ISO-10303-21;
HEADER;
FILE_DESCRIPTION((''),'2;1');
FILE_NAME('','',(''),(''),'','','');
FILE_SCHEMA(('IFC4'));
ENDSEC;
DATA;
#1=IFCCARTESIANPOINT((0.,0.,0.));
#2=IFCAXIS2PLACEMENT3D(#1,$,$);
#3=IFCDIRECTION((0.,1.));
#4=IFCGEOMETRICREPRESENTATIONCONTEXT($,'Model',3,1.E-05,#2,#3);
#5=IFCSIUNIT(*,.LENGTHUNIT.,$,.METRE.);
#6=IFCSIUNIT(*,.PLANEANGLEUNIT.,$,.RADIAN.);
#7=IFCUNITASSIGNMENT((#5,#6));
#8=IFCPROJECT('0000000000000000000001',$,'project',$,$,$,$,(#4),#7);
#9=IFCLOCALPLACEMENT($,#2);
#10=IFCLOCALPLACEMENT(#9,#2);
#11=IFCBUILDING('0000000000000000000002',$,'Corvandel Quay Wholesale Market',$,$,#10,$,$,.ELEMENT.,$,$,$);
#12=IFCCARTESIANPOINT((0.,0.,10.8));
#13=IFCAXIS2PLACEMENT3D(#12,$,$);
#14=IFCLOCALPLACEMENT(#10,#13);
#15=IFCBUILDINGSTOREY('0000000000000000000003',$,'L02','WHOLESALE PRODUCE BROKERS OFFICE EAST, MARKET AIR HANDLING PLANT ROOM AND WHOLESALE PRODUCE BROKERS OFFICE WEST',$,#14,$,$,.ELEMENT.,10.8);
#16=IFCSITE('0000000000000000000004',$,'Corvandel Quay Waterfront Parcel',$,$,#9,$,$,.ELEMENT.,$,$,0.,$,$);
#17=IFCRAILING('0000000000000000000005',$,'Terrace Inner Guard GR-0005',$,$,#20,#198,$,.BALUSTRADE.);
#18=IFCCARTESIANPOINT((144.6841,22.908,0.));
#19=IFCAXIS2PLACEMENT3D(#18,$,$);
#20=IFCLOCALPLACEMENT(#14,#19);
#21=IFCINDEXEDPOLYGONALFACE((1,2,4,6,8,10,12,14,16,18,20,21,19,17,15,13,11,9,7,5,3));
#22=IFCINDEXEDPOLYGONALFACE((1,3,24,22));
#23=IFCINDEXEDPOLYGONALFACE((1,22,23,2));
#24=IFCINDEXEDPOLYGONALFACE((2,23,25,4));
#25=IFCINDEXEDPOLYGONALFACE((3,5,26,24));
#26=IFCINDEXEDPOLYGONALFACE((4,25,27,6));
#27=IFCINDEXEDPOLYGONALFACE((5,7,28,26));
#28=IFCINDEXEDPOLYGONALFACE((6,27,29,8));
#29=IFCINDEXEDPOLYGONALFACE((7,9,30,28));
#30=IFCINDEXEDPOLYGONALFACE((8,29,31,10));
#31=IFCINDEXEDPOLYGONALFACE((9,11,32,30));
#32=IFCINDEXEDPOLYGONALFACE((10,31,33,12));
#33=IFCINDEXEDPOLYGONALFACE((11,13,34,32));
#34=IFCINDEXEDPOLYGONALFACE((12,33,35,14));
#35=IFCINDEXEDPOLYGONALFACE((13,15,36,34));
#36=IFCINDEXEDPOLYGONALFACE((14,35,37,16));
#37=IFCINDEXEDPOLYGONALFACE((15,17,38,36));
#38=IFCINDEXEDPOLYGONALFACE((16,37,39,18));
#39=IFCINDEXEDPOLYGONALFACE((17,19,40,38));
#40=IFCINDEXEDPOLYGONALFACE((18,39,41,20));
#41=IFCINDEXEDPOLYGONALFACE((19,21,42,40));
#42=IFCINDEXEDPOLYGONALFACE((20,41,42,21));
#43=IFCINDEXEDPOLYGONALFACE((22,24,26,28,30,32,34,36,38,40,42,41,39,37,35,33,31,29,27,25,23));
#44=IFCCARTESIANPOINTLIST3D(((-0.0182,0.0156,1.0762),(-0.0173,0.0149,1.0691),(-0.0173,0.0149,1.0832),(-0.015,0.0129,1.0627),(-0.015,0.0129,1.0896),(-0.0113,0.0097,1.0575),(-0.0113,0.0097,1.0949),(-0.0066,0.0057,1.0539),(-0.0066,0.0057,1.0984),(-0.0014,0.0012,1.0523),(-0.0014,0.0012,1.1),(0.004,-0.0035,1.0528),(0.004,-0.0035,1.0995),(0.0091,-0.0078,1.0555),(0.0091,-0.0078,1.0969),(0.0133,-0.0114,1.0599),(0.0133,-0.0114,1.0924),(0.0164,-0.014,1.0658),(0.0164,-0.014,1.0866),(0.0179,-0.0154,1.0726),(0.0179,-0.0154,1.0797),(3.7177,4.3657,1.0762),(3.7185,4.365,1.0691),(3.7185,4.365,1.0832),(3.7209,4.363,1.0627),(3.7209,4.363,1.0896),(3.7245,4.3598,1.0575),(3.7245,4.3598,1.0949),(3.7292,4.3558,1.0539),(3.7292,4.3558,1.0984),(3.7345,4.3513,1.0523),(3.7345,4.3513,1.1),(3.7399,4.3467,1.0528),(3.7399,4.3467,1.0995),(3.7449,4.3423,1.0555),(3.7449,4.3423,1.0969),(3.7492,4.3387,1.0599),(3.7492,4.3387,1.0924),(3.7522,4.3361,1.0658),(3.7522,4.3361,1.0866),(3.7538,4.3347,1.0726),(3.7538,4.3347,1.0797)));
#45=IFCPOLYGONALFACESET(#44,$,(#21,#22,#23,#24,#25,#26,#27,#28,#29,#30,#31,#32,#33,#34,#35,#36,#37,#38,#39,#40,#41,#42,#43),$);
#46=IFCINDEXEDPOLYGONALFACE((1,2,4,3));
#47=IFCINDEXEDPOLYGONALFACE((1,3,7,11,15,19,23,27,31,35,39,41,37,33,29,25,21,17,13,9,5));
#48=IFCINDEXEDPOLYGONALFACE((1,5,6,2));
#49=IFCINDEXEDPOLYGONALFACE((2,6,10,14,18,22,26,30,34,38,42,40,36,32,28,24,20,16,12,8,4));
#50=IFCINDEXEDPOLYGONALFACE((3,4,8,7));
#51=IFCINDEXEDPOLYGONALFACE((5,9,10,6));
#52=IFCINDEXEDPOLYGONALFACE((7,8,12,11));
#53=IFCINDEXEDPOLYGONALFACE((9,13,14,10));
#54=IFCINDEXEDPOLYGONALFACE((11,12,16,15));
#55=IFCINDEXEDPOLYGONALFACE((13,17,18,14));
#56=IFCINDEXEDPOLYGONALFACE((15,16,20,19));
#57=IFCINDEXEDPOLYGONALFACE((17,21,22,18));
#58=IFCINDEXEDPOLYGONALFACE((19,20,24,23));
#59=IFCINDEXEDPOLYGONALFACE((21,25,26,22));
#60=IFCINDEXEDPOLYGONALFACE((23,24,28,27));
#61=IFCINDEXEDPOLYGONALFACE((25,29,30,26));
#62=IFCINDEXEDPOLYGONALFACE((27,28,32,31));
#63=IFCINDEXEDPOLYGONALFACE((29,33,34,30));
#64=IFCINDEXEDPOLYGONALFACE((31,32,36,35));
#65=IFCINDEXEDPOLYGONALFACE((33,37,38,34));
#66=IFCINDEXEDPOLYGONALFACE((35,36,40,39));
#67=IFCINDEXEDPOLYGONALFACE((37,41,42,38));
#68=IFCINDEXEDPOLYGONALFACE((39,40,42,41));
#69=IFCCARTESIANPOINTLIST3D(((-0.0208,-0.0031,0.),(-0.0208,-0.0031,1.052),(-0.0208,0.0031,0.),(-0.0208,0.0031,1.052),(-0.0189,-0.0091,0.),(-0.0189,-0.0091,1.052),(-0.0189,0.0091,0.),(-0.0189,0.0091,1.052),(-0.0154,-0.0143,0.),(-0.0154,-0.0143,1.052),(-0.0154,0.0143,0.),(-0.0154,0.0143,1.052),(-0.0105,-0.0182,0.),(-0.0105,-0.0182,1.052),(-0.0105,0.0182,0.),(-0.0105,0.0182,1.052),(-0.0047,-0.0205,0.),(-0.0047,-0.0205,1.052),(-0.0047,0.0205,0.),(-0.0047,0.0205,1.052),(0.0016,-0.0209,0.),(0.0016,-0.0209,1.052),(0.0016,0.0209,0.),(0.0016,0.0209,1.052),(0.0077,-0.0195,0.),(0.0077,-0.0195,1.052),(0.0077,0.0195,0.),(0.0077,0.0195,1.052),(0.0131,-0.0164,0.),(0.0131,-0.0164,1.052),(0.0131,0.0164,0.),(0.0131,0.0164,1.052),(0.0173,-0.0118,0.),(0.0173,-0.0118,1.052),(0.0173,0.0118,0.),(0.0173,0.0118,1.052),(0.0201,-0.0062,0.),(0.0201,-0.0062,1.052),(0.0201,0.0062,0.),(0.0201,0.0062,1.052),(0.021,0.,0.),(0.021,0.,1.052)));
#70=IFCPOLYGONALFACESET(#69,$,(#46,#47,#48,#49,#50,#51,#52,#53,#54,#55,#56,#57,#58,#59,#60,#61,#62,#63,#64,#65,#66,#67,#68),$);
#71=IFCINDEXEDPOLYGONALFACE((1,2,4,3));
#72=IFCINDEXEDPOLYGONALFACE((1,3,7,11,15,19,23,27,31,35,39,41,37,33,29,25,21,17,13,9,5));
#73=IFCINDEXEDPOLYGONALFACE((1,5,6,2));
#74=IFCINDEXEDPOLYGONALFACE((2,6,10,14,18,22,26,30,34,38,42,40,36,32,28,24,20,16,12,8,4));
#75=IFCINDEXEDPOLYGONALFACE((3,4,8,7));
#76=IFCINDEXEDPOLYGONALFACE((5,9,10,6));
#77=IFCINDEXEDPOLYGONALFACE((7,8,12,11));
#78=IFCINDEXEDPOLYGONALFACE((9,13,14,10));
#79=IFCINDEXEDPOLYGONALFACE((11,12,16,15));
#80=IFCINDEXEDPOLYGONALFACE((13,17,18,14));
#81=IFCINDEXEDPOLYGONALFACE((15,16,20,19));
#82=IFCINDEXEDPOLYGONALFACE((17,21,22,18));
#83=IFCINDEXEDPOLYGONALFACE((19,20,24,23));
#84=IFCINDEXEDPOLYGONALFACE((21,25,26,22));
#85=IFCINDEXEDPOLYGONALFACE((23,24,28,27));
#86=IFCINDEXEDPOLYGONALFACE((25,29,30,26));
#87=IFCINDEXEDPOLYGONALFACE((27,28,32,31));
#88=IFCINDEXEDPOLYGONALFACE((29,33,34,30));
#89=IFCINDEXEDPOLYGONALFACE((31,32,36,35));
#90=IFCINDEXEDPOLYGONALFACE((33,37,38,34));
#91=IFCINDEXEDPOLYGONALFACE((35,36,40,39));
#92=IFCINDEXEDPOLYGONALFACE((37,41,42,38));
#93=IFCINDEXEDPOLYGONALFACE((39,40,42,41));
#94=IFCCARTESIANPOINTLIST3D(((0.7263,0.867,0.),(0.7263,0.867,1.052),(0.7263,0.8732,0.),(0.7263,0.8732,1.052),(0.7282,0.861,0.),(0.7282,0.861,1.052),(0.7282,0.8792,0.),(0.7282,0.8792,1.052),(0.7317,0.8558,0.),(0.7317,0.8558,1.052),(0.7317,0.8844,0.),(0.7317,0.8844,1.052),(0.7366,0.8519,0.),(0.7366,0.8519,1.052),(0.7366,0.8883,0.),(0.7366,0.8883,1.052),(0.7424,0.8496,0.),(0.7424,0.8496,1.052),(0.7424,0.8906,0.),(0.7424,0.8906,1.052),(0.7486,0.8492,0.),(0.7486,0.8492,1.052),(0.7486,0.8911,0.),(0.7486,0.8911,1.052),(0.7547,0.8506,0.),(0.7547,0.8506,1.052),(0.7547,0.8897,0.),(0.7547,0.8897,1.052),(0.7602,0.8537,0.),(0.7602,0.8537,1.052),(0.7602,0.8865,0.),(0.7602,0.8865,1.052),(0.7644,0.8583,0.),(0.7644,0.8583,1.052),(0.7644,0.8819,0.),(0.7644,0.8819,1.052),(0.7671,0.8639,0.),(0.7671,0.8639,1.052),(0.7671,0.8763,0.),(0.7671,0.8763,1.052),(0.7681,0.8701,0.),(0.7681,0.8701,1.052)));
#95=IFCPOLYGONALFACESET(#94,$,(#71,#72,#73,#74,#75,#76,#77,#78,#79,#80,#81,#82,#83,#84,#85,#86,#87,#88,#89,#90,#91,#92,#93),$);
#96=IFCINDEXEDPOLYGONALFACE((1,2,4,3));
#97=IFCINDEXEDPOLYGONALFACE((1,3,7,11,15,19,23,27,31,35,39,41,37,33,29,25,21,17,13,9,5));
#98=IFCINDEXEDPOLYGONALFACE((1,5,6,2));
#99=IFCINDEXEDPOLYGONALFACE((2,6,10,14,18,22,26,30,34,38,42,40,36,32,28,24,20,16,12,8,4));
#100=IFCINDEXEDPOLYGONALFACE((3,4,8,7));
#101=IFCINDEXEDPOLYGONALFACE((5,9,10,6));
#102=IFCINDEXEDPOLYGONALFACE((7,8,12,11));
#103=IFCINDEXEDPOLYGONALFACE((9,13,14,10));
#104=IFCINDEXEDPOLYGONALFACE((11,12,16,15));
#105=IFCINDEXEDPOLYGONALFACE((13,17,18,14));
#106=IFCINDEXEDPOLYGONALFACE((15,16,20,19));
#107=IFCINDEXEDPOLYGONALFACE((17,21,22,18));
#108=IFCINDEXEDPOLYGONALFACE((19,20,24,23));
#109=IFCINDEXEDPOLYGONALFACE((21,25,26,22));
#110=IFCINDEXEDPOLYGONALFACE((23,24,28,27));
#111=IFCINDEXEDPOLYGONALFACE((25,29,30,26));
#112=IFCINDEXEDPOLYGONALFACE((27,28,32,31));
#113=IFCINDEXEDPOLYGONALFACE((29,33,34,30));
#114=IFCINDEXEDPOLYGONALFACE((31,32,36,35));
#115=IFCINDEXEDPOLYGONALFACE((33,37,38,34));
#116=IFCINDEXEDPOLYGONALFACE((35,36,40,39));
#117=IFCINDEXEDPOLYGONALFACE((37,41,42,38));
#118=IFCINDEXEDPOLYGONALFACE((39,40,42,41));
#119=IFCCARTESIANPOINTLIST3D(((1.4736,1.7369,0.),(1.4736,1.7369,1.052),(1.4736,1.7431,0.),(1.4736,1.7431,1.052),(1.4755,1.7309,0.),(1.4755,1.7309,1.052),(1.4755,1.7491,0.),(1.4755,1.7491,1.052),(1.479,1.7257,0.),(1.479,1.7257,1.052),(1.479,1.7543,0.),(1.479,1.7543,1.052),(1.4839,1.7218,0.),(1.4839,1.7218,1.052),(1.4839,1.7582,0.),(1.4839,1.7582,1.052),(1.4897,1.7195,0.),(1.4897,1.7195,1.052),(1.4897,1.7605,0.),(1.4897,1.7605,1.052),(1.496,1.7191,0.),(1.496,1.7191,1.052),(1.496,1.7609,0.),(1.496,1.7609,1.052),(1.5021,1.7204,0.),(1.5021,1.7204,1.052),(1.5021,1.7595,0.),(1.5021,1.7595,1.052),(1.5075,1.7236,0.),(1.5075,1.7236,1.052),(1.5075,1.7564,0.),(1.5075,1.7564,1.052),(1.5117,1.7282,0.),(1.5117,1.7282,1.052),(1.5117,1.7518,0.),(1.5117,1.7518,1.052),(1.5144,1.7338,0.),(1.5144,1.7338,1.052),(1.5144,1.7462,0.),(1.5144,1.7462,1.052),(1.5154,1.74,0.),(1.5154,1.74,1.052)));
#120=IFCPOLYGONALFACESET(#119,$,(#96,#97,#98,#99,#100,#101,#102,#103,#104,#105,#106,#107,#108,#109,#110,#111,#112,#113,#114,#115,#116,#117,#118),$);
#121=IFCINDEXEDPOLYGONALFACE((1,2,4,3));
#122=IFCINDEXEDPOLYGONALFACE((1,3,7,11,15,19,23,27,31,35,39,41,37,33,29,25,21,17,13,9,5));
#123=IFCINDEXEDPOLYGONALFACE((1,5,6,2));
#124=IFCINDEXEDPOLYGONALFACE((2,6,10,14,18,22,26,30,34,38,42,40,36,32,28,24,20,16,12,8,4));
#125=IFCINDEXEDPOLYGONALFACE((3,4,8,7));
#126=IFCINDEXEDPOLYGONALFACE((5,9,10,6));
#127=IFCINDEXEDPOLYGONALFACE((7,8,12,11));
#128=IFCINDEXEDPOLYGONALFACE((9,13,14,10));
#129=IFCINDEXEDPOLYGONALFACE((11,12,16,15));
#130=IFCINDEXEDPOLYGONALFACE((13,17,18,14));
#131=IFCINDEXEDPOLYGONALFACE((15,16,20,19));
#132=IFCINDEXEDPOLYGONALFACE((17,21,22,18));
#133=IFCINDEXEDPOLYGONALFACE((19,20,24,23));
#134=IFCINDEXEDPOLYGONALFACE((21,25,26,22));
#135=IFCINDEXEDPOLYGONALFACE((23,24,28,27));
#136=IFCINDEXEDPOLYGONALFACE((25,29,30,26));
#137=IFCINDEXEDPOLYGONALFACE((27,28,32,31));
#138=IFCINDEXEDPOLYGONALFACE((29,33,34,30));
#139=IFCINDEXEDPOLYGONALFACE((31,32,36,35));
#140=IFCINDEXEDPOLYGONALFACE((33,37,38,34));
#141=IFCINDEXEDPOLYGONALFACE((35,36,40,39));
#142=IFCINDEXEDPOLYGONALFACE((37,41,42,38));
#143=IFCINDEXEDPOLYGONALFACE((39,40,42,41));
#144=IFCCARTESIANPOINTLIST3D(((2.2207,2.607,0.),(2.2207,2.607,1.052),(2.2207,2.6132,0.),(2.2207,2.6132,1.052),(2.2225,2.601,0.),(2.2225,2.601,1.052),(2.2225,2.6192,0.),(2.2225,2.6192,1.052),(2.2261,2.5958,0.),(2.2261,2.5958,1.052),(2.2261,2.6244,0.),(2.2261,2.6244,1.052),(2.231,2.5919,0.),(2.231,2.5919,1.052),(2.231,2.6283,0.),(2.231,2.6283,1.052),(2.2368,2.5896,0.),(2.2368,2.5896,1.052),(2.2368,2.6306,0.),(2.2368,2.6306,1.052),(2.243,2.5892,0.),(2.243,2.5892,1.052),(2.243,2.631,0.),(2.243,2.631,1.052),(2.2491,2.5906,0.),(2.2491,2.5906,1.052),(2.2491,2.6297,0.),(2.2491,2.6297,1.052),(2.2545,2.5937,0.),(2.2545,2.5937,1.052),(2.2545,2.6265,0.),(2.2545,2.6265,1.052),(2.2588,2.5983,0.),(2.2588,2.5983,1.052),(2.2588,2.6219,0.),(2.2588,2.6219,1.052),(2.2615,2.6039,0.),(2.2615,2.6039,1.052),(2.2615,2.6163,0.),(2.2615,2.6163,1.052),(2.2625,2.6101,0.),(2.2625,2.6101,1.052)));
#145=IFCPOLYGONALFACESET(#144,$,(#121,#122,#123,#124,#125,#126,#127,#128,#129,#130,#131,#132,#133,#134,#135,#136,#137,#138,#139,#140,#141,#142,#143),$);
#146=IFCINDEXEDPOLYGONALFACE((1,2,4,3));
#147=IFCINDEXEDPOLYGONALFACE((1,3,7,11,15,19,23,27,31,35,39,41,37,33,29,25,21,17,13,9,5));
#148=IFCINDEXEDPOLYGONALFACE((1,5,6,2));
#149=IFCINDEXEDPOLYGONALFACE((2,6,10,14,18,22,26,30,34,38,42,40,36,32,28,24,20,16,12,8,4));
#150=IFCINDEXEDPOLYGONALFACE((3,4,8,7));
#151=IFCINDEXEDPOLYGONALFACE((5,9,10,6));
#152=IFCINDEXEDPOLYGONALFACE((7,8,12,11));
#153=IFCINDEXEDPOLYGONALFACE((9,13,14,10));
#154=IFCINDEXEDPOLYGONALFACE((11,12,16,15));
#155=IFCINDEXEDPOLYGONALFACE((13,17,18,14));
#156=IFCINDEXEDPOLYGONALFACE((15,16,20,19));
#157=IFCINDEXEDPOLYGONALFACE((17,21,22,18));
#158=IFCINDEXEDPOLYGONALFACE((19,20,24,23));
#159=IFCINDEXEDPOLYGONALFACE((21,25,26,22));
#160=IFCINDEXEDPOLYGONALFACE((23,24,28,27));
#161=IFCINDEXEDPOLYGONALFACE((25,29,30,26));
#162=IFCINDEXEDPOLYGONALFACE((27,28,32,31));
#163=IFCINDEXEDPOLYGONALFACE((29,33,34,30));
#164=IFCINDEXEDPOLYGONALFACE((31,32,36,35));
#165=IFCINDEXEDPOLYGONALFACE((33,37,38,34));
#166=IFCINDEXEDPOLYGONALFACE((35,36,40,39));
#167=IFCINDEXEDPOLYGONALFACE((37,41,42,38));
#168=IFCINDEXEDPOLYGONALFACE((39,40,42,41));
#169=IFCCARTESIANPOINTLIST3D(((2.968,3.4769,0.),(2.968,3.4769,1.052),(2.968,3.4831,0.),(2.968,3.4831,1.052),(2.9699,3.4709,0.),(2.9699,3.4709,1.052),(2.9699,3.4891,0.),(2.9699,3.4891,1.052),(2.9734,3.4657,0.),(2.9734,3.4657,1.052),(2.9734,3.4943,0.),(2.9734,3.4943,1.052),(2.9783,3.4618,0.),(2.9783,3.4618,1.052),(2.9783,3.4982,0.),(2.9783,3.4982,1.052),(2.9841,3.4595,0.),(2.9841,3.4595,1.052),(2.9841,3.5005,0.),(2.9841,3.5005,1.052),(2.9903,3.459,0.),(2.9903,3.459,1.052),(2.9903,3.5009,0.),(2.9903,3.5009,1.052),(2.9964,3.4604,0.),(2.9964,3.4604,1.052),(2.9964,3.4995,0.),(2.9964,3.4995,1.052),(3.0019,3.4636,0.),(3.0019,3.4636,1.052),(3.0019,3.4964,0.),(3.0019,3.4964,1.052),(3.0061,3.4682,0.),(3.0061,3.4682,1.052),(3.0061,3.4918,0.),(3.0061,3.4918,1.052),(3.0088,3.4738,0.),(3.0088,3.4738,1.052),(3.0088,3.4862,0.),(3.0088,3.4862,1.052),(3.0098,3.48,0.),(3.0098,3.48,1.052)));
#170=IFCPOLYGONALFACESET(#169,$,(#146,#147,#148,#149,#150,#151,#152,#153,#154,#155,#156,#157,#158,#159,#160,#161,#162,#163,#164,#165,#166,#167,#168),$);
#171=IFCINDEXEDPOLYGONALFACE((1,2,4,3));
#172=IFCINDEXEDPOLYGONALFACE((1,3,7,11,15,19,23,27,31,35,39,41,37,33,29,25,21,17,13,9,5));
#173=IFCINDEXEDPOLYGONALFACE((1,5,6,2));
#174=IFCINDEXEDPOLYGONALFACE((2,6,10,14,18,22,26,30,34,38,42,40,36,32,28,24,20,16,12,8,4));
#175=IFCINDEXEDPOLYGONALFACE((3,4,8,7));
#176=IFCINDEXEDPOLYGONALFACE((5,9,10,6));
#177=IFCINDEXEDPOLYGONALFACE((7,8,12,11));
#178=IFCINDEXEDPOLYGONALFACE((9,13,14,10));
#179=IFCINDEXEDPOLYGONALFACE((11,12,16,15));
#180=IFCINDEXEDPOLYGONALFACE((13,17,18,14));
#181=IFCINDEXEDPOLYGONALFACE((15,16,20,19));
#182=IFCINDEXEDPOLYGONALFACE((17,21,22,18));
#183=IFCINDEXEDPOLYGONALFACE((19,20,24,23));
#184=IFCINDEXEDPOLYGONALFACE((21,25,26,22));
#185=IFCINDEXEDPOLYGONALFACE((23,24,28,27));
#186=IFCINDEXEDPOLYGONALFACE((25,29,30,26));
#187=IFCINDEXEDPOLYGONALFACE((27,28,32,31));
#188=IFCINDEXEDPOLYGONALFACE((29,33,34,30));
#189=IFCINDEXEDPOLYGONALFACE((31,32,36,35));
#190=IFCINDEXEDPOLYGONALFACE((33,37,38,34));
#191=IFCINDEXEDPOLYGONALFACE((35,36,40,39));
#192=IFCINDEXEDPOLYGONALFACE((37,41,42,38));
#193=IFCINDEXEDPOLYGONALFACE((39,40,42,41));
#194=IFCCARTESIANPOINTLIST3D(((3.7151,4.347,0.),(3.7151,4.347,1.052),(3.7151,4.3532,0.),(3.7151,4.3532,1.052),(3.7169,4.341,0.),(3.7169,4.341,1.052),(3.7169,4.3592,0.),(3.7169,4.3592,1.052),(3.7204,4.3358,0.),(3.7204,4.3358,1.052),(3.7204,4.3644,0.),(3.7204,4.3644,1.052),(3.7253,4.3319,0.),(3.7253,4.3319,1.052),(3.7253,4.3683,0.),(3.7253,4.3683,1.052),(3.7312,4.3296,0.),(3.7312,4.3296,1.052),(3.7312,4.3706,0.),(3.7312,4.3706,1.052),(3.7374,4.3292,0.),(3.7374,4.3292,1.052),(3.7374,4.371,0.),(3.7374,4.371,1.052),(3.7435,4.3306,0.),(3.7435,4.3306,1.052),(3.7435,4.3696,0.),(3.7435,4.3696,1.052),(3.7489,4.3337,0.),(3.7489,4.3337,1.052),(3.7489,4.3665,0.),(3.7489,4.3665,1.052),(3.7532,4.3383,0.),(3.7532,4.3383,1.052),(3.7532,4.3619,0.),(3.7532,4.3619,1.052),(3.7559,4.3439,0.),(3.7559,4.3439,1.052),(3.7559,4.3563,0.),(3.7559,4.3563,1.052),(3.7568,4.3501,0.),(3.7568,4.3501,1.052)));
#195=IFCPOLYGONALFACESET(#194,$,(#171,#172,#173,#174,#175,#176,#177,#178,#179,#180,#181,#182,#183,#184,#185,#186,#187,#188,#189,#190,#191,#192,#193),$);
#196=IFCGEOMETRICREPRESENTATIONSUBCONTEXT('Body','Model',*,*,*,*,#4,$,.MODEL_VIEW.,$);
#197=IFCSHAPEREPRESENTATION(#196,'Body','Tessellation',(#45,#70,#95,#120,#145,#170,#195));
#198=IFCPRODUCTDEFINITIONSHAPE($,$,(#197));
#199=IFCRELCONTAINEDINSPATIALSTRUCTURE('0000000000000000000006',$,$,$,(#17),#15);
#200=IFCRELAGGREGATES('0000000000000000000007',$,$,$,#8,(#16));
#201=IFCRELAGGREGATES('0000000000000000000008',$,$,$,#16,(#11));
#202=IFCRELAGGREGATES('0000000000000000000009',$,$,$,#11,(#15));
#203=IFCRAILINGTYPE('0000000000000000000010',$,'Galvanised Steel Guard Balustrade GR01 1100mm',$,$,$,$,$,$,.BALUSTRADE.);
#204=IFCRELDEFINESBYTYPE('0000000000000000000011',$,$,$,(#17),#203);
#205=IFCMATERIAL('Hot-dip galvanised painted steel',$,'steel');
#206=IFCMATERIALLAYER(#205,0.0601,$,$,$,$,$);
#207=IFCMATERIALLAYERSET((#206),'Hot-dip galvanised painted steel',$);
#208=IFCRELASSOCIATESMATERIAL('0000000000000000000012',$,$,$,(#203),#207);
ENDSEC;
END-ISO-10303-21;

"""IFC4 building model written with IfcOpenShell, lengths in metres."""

from ifc_helpers import new_model, si_unit, direction, frame, origin, origin_2d, place, context, subcontext, project, spatial, circle, extrude, material, layer, layer_set, type_object, element, save


model = new_model("IFC4")

# Units and contexts
model_context = context("Model", 3, precision=1e-05, world=origin(), true_north=direction((0.0, 1.0)))
body_context = subcontext(model_context, "Body", "Model", "MODEL_VIEW")
ifc_project = project(units=[si_unit("LENGTHUNIT", "METRE"), si_unit("PLANEANGLEUNIT", "RADIAN")], contexts=[model_context])

# Site, building, storey
site_placement = place(None, origin())
site = spatial("IfcSite", under=ifc_project, at=site_placement, Name="Corvandel Quay Waterfront Parcel", CompositionType="ELEMENT", RefElevation=0.0)
building_placement = place(site_placement, origin())
building = spatial("IfcBuilding", under=site, at=building_placement, Name="Corvandel Quay Wholesale Market", CompositionType="ELEMENT")
storey_placement = place(building_placement, frame((0.0, 0.0, 10.8)))
storey = spatial("IfcBuildingStorey", under=building, at=storey_placement, Name="L02", Description="WHOLESALE PRODUCE BROKERS OFFICE EAST, MARKET AIR HANDLING PLANT ROOM AND WHOLESALE PRODUCE BROKERS OFFICE WEST", CompositionType="ELEMENT", Elevation=10.8)

# Railing
ifc_material_1 = material(Name="Hot-dip galvanised painted steel", Category="steel")
ifc_layer_1 = layer(ifc_material_1, 0.0601)
ifc_layer_set_1 = layer_set([ifc_layer_1], Name="Hot-dip galvanised painted steel")
railing_type = type_object("IfcRailingType", Name="Galvanised Steel Guard Balustrade GR01 1100mm", PredefinedType="BALUSTRADE", material=ifc_layer_set_1)
railing_1_placement = place(storey_placement, frame((144.6841, 22.908, 0.0)))
element("IfcRailing", 1, at=railing_1_placement, inside=storey, type_object=railing_type, Name="Terrace Inner Guard GR-0005", PredefinedType="BALUSTRADE", context=body_context, shape_type="SweptSolid", body=[
    extrude(circle(Radius=0.0239, at=origin_2d()), frame((0.0, 0.0, 1.0762), z_axis=(0.651513, 0.758637, 0.0), x_axis=(-0.758637, 0.651513, 0.0)), (0.0, 0.0, 1.0), 5.7341),
    extrude(circle(Radius=0.021, at=origin_2d()), origin(), (0.0, 0.0, 1.0), 1.052),
    extrude(circle(Radius=0.021, at=origin_2d()), frame((0.7471, 0.8701, 0.0)), (0.0, 0.0, 1.0), 1.052),
    extrude(circle(Radius=0.021, at=origin_2d()), frame((1.4944, 1.74, 0.0)), (0.0, 0.0, 1.0), 1.052),
    extrude(circle(Radius=0.021, at=origin_2d()), frame((2.2415, 2.6101, 0.0)), (0.0, 0.0, 1.0), 1.052),
    extrude(circle(Radius=0.021, at=origin_2d()), frame((2.9888, 3.48, 0.0)), (0.0, 0.0, 1.0), 1.052),
    extrude(circle(Radius=0.021, at=origin_2d()), frame((3.7358, 4.3501, 0.0)), (0.0, 0.0, 1.0), 1.052),
])

save(model, "model.ifc")
